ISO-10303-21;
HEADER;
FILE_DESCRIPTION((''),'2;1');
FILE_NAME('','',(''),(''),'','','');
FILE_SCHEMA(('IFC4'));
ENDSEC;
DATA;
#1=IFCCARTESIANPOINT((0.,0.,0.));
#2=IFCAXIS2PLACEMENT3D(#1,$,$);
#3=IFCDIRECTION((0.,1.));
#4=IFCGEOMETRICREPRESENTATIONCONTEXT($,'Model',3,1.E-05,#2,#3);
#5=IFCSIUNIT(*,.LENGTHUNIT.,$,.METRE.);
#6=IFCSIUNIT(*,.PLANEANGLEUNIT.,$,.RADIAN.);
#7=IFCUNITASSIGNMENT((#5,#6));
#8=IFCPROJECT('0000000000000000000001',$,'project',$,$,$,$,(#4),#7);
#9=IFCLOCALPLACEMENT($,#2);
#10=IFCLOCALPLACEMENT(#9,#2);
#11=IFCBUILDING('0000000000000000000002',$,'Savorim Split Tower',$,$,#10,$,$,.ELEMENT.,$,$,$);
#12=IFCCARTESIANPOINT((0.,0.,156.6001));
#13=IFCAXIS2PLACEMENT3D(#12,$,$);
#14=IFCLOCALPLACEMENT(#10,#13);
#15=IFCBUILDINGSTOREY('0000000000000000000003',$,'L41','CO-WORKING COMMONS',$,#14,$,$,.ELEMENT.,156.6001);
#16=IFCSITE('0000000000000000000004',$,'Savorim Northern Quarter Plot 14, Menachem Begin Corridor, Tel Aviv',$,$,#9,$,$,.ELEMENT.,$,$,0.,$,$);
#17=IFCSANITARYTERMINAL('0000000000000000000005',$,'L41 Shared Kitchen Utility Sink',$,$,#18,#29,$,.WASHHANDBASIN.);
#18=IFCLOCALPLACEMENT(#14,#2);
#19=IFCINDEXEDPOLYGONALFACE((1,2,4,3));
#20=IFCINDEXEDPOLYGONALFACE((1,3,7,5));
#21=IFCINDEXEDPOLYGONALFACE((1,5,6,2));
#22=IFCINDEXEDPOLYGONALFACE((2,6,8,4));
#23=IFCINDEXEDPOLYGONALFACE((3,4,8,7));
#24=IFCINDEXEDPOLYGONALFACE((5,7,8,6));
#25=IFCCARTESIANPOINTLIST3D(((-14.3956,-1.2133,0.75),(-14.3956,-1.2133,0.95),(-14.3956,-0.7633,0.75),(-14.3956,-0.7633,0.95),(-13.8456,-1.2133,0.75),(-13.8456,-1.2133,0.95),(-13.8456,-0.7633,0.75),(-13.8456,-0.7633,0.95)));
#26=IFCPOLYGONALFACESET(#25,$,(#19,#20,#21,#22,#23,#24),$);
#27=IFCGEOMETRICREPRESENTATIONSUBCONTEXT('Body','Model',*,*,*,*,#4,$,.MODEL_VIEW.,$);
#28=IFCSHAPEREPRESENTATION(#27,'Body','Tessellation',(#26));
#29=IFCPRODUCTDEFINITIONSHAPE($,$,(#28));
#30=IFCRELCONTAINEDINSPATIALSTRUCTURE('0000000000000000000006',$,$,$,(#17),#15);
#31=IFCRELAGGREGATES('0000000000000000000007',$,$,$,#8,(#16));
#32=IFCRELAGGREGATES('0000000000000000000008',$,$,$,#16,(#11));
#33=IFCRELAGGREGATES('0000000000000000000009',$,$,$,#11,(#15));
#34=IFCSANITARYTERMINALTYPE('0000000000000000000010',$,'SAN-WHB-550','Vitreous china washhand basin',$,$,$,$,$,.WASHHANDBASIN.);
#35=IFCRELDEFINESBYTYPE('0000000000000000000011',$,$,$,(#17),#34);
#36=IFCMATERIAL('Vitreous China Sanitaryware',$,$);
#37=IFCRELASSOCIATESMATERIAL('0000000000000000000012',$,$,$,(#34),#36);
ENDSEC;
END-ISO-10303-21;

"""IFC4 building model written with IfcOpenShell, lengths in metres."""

from ifc_helpers import new_model, si_unit, direction, frame, origin, origin_2d, place, context, subcontext, project, spatial, rectangle, extrude, material, type_object, element, save


model = new_model("IFC4")

# Units and contexts
model_context = context("Model", 3, precision=1e-05, world=origin(), true_north=direction((0.0, 1.0)))
body_context = subcontext(model_context, "Body", "Model", "MODEL_VIEW")
ifc_project = project(units=[si_unit("LENGTHUNIT", "METRE"), si_unit("PLANEANGLEUNIT", "RADIAN")], contexts=[model_context])

# Site, building, storey
site_placement = place(None, origin())
site = spatial("IfcSite", under=ifc_project, at=site_placement, Name="Savorim Northern Quarter Plot 14, Menachem Begin Corridor, Tel Aviv", CompositionType="ELEMENT", RefElevation=0.0)
building_placement = place(site_placement, origin())
building = spatial("IfcBuilding", under=site, at=building_placement, Name="Savorim Split Tower", CompositionType="ELEMENT")
storey_placement = place(building_placement, frame((0.0, 0.0, 156.6001)))
storey = spatial("IfcBuildingStorey", under=building, at=storey_placement, Name="L41", Description="CO-WORKING COMMONS", CompositionType="ELEMENT", Elevation=156.6001)

# Sanitary terminal
ifc_material_1 = material(Name="Vitreous China Sanitaryware")
sanitary_terminal_type_1 = type_object("IfcSanitaryTerminalType", Name="SAN-WHB-550", Description="Vitreous china washhand basin", PredefinedType="WASHHANDBASIN", material=ifc_material_1)
for number, where, z_axis, x_axis, name in (
    (1, (-14.1206, -0.9883, 0.75), (0.0, 0.0, 1.0), (1.0, 0.0, 0.0), "L41 Shared Kitchen Utility Sink"),
):
    element("IfcSanitaryTerminal", number, at=place(storey_placement, frame(where, z_axis=z_axis, x_axis=x_axis)), inside=storey, type_object=sanitary_terminal_type_1, Name=name, PredefinedType="WASHHANDBASIN", context=body_context, shape_type="SweptSolid", body=[
        extrude(rectangle(XDim=0.55, YDim=0.45, at=origin_2d()), origin(), (0.0, 0.0, 1.0), 0.2),
    ])

save(model, "model.ifc")
